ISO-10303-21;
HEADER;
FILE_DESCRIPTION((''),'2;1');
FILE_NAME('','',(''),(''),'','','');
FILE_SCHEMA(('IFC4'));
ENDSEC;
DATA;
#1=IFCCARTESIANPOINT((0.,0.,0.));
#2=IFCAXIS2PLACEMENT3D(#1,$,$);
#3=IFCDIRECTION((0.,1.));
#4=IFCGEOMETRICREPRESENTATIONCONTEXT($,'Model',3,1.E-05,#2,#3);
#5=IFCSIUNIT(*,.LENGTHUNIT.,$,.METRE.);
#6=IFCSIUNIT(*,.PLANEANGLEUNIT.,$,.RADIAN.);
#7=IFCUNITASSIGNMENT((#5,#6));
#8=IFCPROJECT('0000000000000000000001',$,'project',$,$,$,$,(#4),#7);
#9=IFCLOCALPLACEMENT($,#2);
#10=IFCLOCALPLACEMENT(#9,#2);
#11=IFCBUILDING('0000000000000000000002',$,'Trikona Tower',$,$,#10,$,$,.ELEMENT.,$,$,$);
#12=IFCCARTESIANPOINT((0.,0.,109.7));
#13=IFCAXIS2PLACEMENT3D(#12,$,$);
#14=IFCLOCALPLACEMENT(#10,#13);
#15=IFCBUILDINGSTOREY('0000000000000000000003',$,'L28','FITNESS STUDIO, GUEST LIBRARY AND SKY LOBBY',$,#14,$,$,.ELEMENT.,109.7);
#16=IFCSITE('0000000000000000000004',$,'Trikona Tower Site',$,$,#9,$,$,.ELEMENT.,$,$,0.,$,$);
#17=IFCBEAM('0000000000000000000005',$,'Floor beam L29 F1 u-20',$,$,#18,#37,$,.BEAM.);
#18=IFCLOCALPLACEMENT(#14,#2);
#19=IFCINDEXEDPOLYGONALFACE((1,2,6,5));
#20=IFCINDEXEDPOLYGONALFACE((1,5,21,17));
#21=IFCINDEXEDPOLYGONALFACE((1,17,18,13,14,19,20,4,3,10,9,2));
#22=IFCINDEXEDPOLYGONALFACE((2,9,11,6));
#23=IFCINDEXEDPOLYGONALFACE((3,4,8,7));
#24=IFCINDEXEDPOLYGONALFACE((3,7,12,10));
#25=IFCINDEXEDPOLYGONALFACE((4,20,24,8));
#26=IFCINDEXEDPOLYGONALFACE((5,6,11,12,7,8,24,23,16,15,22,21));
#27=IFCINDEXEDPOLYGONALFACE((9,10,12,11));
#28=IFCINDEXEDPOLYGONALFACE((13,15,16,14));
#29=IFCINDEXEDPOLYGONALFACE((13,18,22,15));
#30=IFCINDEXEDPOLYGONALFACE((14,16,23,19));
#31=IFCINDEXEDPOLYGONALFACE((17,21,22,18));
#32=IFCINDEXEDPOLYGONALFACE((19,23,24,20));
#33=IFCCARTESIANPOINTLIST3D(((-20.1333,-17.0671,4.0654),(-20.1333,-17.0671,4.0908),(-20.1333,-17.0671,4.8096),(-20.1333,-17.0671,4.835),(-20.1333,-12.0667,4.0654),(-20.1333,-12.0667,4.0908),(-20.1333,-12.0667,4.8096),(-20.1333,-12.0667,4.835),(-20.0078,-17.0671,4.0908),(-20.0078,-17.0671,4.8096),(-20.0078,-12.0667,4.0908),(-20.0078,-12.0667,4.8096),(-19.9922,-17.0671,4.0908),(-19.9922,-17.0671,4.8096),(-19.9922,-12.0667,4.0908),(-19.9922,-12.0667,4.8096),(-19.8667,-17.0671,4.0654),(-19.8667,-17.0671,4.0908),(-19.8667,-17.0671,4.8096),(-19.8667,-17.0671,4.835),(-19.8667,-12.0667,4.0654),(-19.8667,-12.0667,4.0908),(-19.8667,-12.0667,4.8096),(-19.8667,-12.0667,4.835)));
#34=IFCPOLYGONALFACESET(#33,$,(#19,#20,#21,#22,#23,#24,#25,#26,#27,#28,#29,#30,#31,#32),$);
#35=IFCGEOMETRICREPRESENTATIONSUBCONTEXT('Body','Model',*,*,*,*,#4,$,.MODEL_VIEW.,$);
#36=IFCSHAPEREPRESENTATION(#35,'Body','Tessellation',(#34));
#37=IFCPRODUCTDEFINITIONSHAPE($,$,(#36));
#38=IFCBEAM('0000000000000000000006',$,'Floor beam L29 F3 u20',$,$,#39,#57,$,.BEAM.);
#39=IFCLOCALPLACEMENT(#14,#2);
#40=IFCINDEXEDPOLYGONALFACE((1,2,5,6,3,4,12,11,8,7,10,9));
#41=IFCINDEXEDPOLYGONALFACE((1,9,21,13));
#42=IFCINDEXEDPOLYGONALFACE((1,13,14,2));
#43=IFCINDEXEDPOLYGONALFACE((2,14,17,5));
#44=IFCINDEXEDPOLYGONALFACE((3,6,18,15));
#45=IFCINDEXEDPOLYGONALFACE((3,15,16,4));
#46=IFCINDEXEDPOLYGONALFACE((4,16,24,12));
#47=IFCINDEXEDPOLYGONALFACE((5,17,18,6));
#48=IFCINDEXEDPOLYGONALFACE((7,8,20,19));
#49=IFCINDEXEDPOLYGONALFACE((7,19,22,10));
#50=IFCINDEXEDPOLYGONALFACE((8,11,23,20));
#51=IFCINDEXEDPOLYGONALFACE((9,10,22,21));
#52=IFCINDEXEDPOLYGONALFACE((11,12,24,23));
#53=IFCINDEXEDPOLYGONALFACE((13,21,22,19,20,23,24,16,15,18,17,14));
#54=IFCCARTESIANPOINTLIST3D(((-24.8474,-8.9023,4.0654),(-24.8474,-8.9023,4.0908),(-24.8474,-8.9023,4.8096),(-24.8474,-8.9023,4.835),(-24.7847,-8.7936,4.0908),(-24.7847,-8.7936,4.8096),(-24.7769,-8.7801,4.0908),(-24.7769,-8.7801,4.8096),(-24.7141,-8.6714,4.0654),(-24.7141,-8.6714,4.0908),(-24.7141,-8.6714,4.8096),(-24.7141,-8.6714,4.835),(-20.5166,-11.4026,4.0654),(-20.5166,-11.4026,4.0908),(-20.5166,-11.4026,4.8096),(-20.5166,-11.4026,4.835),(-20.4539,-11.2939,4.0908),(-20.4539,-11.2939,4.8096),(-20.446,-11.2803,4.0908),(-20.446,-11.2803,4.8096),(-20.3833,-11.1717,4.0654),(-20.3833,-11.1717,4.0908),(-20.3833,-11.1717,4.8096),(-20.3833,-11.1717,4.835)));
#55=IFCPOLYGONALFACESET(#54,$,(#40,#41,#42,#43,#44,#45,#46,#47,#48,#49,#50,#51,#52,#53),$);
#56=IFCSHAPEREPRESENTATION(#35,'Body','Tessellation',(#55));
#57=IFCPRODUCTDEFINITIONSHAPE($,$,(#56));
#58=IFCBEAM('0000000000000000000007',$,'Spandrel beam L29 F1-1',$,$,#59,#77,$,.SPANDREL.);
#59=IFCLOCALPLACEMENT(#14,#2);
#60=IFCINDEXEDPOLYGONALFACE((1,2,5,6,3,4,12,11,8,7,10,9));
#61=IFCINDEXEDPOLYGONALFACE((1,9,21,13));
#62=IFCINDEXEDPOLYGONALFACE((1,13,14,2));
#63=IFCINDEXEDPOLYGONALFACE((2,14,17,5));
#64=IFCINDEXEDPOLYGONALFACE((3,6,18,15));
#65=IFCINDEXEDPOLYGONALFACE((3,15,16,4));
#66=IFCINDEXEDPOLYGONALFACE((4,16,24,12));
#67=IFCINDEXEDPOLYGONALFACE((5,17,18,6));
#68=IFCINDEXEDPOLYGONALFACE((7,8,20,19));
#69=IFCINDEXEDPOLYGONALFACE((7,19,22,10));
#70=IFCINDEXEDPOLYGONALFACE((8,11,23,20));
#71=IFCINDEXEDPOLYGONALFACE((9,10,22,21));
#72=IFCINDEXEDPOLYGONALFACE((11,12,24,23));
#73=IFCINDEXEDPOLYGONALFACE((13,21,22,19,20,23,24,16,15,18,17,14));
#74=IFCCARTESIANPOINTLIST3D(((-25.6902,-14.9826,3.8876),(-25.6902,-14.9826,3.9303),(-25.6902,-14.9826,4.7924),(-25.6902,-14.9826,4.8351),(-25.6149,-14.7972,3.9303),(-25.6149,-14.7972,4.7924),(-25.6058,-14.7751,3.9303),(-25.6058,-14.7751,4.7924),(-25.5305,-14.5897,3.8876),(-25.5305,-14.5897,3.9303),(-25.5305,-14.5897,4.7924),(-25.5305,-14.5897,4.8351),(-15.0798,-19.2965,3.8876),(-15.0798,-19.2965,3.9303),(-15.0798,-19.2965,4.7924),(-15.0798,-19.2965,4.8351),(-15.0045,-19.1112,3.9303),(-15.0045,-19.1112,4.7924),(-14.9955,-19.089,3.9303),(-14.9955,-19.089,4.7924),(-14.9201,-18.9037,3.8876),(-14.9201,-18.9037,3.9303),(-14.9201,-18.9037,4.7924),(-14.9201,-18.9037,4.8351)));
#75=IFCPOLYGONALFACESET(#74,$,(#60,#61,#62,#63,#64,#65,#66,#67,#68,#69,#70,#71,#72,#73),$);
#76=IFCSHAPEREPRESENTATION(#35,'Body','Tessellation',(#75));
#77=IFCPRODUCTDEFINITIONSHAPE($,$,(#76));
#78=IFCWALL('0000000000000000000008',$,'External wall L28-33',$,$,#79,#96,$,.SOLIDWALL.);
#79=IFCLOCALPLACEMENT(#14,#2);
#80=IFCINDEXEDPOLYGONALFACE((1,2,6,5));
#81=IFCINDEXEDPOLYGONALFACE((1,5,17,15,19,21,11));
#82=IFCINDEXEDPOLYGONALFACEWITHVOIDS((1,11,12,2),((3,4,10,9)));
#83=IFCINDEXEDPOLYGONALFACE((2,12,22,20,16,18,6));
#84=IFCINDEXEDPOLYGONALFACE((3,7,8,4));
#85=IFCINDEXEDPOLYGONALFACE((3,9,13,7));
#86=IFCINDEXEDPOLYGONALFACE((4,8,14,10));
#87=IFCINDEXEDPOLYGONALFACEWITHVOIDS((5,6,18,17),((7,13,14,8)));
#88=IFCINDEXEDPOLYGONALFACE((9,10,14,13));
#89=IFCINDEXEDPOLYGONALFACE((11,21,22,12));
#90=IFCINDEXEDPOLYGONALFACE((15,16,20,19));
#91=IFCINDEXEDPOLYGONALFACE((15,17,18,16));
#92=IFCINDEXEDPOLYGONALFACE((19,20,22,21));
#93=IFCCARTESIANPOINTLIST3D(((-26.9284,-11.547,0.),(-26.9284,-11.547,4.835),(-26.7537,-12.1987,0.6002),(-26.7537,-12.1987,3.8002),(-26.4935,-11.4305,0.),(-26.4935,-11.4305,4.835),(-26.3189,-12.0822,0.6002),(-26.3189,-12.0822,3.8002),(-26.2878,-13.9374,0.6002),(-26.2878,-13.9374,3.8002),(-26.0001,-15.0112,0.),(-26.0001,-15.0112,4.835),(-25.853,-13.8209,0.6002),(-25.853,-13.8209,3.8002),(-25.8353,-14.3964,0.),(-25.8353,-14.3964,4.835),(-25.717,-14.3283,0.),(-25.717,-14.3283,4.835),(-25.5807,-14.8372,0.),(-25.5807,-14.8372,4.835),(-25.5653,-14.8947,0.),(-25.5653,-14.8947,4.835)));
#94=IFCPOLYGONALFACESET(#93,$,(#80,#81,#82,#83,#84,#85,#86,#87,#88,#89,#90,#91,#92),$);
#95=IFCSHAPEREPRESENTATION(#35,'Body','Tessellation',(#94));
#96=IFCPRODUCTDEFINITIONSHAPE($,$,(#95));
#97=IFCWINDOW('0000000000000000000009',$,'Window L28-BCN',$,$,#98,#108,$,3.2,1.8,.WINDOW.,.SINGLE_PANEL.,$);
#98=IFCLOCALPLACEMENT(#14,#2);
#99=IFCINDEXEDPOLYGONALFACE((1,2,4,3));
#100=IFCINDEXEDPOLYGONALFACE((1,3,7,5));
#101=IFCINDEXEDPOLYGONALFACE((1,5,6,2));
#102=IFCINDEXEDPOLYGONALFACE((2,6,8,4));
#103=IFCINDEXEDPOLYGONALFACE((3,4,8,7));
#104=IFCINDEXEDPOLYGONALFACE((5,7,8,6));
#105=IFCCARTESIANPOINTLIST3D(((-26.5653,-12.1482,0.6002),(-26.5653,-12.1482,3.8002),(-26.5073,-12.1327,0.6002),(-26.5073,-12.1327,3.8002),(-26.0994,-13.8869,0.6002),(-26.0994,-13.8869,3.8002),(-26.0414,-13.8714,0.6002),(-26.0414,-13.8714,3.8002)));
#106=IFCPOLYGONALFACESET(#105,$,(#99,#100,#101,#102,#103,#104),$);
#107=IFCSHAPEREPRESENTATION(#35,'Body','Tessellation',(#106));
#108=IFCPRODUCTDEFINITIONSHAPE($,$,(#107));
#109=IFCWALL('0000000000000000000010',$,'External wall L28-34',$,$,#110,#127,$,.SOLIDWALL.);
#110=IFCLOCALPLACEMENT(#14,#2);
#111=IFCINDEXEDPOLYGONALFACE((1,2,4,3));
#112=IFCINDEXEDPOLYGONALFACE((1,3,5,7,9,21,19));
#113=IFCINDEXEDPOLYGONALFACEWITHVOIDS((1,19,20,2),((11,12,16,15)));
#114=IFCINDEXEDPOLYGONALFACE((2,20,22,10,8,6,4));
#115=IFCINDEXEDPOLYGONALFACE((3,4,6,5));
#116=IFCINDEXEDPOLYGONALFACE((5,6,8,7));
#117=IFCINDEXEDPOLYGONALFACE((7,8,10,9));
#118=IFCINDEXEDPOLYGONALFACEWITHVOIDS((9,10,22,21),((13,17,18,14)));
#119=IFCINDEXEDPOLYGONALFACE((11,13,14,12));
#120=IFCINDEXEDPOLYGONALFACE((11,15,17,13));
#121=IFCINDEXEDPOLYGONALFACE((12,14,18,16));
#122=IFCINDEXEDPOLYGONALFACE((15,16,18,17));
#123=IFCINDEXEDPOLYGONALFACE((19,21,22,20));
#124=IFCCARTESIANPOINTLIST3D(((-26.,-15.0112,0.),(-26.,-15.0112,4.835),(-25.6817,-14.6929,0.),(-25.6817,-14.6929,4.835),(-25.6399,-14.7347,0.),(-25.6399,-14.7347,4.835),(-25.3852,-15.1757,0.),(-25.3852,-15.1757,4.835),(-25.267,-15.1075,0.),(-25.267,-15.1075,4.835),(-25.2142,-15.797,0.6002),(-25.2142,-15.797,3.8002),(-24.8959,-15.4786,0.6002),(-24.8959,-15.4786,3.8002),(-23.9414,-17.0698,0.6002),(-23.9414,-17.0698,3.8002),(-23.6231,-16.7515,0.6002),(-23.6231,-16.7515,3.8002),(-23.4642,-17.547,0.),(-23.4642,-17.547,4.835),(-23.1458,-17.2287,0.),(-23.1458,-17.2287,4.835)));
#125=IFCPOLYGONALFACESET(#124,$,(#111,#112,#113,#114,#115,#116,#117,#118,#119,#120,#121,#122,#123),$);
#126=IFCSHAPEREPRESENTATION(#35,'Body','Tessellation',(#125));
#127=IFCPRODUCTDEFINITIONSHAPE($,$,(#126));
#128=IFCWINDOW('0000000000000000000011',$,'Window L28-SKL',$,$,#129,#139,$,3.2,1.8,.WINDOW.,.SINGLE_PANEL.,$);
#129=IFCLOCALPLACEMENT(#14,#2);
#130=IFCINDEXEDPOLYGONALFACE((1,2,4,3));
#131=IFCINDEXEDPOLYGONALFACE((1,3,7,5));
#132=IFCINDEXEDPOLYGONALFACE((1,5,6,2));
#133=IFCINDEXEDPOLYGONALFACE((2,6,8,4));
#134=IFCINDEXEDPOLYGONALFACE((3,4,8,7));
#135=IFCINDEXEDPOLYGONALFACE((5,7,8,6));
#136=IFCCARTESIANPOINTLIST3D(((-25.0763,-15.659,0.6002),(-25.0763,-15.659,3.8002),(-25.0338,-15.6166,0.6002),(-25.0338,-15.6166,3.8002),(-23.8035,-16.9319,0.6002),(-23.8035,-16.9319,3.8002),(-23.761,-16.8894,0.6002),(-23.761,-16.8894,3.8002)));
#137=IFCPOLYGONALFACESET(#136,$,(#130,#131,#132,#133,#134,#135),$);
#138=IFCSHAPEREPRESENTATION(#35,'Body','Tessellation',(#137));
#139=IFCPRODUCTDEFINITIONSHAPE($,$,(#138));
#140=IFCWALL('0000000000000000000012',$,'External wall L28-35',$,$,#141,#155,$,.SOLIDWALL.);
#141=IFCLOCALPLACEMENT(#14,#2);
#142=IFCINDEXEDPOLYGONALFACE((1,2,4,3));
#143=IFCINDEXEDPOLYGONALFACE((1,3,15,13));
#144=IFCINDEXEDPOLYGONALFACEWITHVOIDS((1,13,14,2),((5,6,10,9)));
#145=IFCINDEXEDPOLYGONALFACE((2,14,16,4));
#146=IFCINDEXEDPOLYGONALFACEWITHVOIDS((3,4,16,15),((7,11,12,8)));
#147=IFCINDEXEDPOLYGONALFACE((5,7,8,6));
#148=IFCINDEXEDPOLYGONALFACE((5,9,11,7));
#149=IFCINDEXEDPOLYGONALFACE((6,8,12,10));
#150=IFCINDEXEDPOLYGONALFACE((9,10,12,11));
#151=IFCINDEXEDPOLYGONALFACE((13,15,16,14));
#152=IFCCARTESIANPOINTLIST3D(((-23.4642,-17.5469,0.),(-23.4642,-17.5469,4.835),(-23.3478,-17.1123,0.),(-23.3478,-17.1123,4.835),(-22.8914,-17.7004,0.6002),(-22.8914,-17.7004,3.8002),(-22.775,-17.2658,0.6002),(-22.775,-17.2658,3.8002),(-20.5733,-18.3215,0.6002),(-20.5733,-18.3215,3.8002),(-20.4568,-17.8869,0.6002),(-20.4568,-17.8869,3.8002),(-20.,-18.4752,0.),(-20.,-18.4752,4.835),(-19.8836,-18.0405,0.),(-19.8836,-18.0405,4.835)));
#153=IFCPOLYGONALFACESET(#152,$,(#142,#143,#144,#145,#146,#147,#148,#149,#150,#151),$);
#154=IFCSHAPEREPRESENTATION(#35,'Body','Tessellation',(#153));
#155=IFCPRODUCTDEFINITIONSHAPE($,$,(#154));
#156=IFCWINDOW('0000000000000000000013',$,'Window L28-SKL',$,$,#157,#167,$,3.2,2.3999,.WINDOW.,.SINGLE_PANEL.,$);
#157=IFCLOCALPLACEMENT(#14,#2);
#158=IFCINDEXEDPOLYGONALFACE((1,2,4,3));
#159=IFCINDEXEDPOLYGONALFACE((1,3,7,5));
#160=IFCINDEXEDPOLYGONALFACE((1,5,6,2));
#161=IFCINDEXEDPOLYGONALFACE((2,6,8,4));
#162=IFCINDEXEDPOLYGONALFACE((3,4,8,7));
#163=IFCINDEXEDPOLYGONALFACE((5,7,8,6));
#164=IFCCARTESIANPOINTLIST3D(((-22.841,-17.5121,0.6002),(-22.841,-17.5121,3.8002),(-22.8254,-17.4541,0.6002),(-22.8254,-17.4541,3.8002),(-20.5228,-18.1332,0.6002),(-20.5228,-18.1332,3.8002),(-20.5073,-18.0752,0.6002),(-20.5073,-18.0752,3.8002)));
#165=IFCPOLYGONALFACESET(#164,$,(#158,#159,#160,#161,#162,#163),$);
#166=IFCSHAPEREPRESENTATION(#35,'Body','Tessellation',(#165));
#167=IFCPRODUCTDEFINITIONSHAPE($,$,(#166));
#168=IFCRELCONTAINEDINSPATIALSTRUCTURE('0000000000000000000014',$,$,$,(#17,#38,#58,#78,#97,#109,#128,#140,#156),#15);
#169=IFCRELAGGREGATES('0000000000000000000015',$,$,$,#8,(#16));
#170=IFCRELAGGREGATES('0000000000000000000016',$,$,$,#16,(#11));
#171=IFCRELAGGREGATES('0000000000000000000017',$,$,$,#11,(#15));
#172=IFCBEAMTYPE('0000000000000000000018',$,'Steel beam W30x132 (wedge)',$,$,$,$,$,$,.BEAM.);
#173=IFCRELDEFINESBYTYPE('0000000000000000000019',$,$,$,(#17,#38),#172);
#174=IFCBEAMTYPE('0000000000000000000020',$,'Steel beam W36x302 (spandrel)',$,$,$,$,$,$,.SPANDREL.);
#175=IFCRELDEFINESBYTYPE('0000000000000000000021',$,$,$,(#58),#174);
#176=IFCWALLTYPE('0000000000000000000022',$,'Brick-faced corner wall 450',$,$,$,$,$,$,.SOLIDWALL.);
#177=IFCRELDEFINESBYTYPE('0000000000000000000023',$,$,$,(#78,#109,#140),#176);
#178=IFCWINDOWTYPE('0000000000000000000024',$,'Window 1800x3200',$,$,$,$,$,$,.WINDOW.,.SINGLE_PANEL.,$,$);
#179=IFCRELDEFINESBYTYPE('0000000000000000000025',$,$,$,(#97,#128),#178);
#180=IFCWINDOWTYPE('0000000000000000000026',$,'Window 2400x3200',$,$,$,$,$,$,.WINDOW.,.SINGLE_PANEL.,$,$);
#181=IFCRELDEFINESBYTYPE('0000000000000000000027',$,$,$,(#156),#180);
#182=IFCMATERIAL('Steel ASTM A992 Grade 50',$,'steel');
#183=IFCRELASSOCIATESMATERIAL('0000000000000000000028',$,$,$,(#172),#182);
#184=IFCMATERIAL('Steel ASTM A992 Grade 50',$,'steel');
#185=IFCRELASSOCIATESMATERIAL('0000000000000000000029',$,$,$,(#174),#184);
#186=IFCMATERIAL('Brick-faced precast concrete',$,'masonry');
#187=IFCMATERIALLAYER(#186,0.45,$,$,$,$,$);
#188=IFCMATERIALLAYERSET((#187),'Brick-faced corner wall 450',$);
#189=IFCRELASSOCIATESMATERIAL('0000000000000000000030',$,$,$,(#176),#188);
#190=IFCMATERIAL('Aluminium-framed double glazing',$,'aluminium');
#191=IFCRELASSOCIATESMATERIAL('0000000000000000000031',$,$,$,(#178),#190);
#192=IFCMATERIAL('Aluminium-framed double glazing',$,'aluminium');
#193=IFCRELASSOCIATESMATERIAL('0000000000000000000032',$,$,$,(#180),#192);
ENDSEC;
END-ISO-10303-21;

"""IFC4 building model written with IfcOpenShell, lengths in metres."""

from ifc_helpers import new_model, si_unit, direction, frame, frame_2d, origin, origin_2d, place, context, subcontext, project, spatial, polyline, rectangle, i_section, outline, extrude, material, layer, layer_set, material_profile, profile_set, type_object, element, fill, save


model = new_model("IFC4")

# Units and contexts
model_context = context("Model", 3, precision=1e-05, world=origin(), true_north=direction((0.0, 1.0)))
body_context = subcontext(model_context, "Body", "Model", "MODEL_VIEW")
ifc_project = project(units=[si_unit("LENGTHUNIT", "METRE"), si_unit("PLANEANGLEUNIT", "RADIAN")], contexts=[model_context])

# Site, building, storey
site_placement = place(None, origin())
site = spatial("IfcSite", under=ifc_project, at=site_placement, Name="Trikona Tower Site", CompositionType="ELEMENT", RefElevation=0.0)
building_placement = place(site_placement, origin())
building = spatial("IfcBuilding", under=site, at=building_placement, Name="Trikona Tower", CompositionType="ELEMENT")
storey_placement = place(building_placement, frame((0.0, 0.0, 109.7)))
storey = spatial("IfcBuildingStorey", under=building, at=storey_placement, Name="L28", Description="FITNESS STUDIO, GUEST LIBRARY AND SKY LOBBY", CompositionType="ELEMENT", Elevation=109.7)

# Beams
ifc_material_1 = material(Name="Steel ASTM A992 Grade 50", Category="steel")
ifc_material_profile_1 = material_profile(ifc_material_1, i_section(OverallWidth=0.2666, OverallDepth=0.7695, WebThickness=0.0156, FlangeThickness=0.0254, at=origin_2d()), Name="W30X132")
ifc_profile_set_1 = profile_set([ifc_material_profile_1], Name="Steel ASTM A992 Grade 50")
beam_type_1 = type_object("IfcBeamType", Name="Steel beam W30x132 (wedge)", PredefinedType="BEAM", material=ifc_profile_set_1)
beam_1_placement = place(storey_placement, frame((-20.0, -12.0667, 4.4502), z_axis=(0.0, -1.0, 0.0), x_axis=(1.0, 0.0, 0.0)))
element("IfcBeam", 1, at=beam_1_placement, inside=storey, type_object=beam_type_1, Name="Floor beam L29 F1 u-20", PredefinedType="BEAM", context=body_context, shape_type="SweptSolid", body=[
    extrude(i_section(OverallWidth=0.2666, OverallDepth=0.7695, WebThickness=0.0156, FlangeThickness=0.0254, at=origin_2d()), origin(), (0.0, 0.0, 1.0), 5.0005),
])
beam_2_placement = place(storey_placement, frame((-20.45, -11.2871, 4.4502), z_axis=(-0.866038, 0.499977, 0.0), x_axis=(-0.499977, -0.866038, 0.0)))
element("IfcBeam", 2, at=beam_2_placement, inside=storey, type_object=beam_type_1, Name="Floor beam L29 F3 u20", PredefinedType="BEAM", context=body_context, shape_type="SweptSolid", body=[
    extrude(i_section(OverallWidth=0.2666, OverallDepth=0.7695, WebThickness=0.0156, FlangeThickness=0.0254, at=origin_2d()), origin(), (0.0, 0.0, 1.0), 5.0007),
])
ifc_material_2 = material(Name="Steel ASTM A992 Grade 50", Category="steel")
ifc_material_profile_2 = material_profile(ifc_material_2, i_section(OverallWidth=0.4241, OverallDepth=0.9475, WebThickness=0.0239, FlangeThickness=0.0427, at=origin_2d()), Name="W36X302")
ifc_profile_set_2 = profile_set([ifc_material_profile_2], Name="Steel ASTM A992 Grade 50")
beam_type_2 = type_object("IfcBeamType", Name="Steel beam W36x302 (spandrel)", PredefinedType="SPANDREL", material=ifc_profile_set_2)
beam_3_placement = place(storey_placement, frame((-25.6104, -14.7861, 4.3613), z_axis=(0.92636, -0.37664, 0.0), x_axis=(0.37664, 0.92636, 0.0)))
element("IfcBeam", 3, at=beam_3_placement, inside=storey, type_object=beam_type_2, Name="Spandrel beam L29 F1-1", PredefinedType="SPANDREL", context=body_context, shape_type="SweptSolid", body=[
    extrude(i_section(OverallWidth=0.4241, OverallDepth=0.9475, WebThickness=0.0239, FlangeThickness=0.0427, at=origin_2d()), origin(), (0.0, 0.0, 1.0), 11.4539),
])

# Walls, openings, windows
ifc_material_3 = material(Name="Brick-faced precast concrete", Category="masonry")
ifc_layer_1 = layer(ifc_material_3, 0.45)
ifc_layer_set_1 = layer_set([ifc_layer_1], Name="Brick-faced corner wall 450")
wall_type_1 = type_object("IfcWallType", Name="Brick-faced corner wall 450", PredefinedType="SOLIDWALL", material=ifc_layer_set_1)
wall_1_placement = place(storey_placement, frame((-26.7109, -11.4888, 0.0), z_axis=(0.0, 0.0, 1.0), x_axis=(0.258823, -0.965925, 0.0)))
wall_1 = element("IfcWall", 4, at=wall_1_placement, inside=storey, type_object=wall_type_1, Name="External wall L28-33", PredefinedType="SOLIDWALL", context=body_context, shape_type="SweptSolid", body=[
    extrude(outline(polyline([(3.5864, 0.2251), (3.5269, 0.2251), (3.0352, 0.0933), (3.0, 0.2251), (0.0, 0.2251), (0.0, -0.2251), (3.5864, -0.2251), (3.5864, 0.2251)])), origin(), (0.0, 0.0, 1.0), 4.835),
])
opening_1_placement = place(wall_1_placement, frame((0.6748, 0.0, 0.6001)))
opening_1 = element("IfcOpeningElement", 5, at=opening_1_placement, cuts=wall_1, PredefinedType="OPENING", context=body_context, shape_type="SweptSolid", body=[
    extrude(rectangle(XDim=1.8, YDim=3.2, at=frame_2d((0.8999, 1.6001))), frame((0.0, 0.2349, 0.0), z_axis=(0.0, -1.0, 0.0), x_axis=(1.0, 0.0, 0.0)), (0.0, 0.0, 1.0), 0.47),
])
ifc_material_4 = material(Name="Aluminium-framed double glazing", Category="aluminium")
window_type_1 = type_object("IfcWindowType", Name="Window 1800x3200", PartitioningType="SINGLE_PANEL", PredefinedType="WINDOW", material=ifc_material_4)
window_1_placement = place(opening_1_placement, origin())
window_1 = element("IfcWindow", 6, at=window_1_placement, inside=storey, type_object=window_type_1, Name="Window L28-BCN", OverallHeight=3.2, OverallWidth=1.8, PartitioningType="SINGLE_PANEL", PredefinedType="WINDOW", context=body_context, shape_type="SweptSolid", body=[
    extrude(rectangle(XDim=1.8, YDim=3.2, at=frame_2d((0.8999, 1.6001))), frame((0.0, 0.03, 0.0), z_axis=(0.0, -1.0, 0.0), x_axis=(1.0, 0.0, 0.0)), (0.0, 0.0, 1.0), 0.0601),
])
fill(opening_1, window_1)
wall_2_placement = place(storey_placement, frame((-25.8408, -14.8521, 0.0), z_axis=(0.0, 0.0, 1.0), x_axis=(0.707107, -0.707107, 0.0)))
wall_2 = element("IfcWall", 7, at=wall_2_placement, inside=storey, type_object=wall_type_1, Name="External wall L28-34", PredefinedType="SOLIDWALL", context=body_context, shape_type="SweptSolid", body=[
    extrude(outline(polyline([(3.5862, 0.2251), (0.5864, 0.2251), (0.551, 0.0933), (0.0591, 0.2251), (0.0, 0.2251), (0.0, -0.2251), (3.5862, -0.2251), (3.5862, 0.2251)])), origin(), (0.0, 0.0, 1.0), 4.835),
])
opening_2_placement = place(wall_2_placement, frame((1.1113, 0.0, 0.6001)))
opening_2 = element("IfcOpeningElement", 8, at=opening_2_placement, cuts=wall_2, PredefinedType="OPENING", context=body_context, shape_type="SweptSolid", body=[
    extrude(rectangle(XDim=1.8, YDim=3.2, at=frame_2d((0.8999, 1.6001))), frame((0.0, 0.2349, 0.0), z_axis=(0.0, -1.0, 0.0), x_axis=(1.0, 0.0, 0.0)), (0.0, 0.0, 1.0), 0.47),
])
window_2_placement = place(opening_2_placement, origin())
window_2 = element("IfcWindow", 9, at=window_2_placement, inside=storey, type_object=window_type_1, Name="Window L28-SKL", OverallHeight=3.2, OverallWidth=1.8, PartitioningType="SINGLE_PANEL", PredefinedType="WINDOW", context=body_context, shape_type="SweptSolid", body=[
    extrude(rectangle(XDim=1.8, YDim=3.2, at=frame_2d((0.8999, 1.6001))), frame((0.0, 0.03, 0.0), z_axis=(0.0, -1.0, 0.0), x_axis=(1.0, 0.0, 0.0)), (0.0, 0.0, 1.0), 0.0601),
])
fill(opening_2, window_2)
wall_3_placement = place(storey_placement, frame((-23.406, -17.3296, 0.0), z_axis=(0.0, 0.0, 1.0), x_axis=(0.965925, -0.258823, 0.0)))
wall_3 = element("IfcWall", 10, at=wall_3_placement, inside=storey, type_object=wall_type_1, Name="External wall L28-35", PredefinedType="SOLIDWALL", context=body_context, shape_type="SweptSolid", body=[
    extrude(rectangle(XDim=3.5864, YDim=0.45, at=frame_2d((1.7932, 0.0))), origin(), (0.0, 0.0, 1.0), 4.835),
])
opening_3_placement = place(wall_3_placement, frame((0.593, 0.0, 0.6001)))
opening_3 = element("IfcOpeningElement", 11, at=opening_3_placement, cuts=wall_3, PredefinedType="OPENING", context=body_context, shape_type="SweptSolid", body=[
    extrude(rectangle(XDim=2.3999, YDim=3.2, at=frame_2d((1.2, 1.6001))), frame((0.0, 0.2349, 0.0), z_axis=(0.0, -1.0, 0.0), x_axis=(1.0, 0.0, 0.0)), (0.0, 0.0, 1.0), 0.47),
])
ifc_material_5 = material(Name="Aluminium-framed double glazing", Category="aluminium")
window_type_2 = type_object("IfcWindowType", Name="Window 2400x3200", PartitioningType="SINGLE_PANEL", PredefinedType="WINDOW", material=ifc_material_5)
window_3_placement = place(opening_3_placement, origin())
window_3 = element("IfcWindow", 12, at=window_3_placement, inside=storey, type_object=window_type_2, Name="Window L28-SKL", OverallHeight=3.2, OverallWidth=2.3999, PartitioningType="SINGLE_PANEL", PredefinedType="WINDOW", context=body_context, shape_type="SweptSolid", body=[
    extrude(rectangle(XDim=2.3999, YDim=3.2, at=frame_2d((1.2, 1.6001))), frame((0.0, 0.03, 0.0), z_axis=(0.0, -1.0, 0.0), x_axis=(1.0, 0.0, 0.0)), (0.0, 0.0, 1.0), 0.0601),
])
fill(opening_3, window_3)

save(model, "model.ifc")
